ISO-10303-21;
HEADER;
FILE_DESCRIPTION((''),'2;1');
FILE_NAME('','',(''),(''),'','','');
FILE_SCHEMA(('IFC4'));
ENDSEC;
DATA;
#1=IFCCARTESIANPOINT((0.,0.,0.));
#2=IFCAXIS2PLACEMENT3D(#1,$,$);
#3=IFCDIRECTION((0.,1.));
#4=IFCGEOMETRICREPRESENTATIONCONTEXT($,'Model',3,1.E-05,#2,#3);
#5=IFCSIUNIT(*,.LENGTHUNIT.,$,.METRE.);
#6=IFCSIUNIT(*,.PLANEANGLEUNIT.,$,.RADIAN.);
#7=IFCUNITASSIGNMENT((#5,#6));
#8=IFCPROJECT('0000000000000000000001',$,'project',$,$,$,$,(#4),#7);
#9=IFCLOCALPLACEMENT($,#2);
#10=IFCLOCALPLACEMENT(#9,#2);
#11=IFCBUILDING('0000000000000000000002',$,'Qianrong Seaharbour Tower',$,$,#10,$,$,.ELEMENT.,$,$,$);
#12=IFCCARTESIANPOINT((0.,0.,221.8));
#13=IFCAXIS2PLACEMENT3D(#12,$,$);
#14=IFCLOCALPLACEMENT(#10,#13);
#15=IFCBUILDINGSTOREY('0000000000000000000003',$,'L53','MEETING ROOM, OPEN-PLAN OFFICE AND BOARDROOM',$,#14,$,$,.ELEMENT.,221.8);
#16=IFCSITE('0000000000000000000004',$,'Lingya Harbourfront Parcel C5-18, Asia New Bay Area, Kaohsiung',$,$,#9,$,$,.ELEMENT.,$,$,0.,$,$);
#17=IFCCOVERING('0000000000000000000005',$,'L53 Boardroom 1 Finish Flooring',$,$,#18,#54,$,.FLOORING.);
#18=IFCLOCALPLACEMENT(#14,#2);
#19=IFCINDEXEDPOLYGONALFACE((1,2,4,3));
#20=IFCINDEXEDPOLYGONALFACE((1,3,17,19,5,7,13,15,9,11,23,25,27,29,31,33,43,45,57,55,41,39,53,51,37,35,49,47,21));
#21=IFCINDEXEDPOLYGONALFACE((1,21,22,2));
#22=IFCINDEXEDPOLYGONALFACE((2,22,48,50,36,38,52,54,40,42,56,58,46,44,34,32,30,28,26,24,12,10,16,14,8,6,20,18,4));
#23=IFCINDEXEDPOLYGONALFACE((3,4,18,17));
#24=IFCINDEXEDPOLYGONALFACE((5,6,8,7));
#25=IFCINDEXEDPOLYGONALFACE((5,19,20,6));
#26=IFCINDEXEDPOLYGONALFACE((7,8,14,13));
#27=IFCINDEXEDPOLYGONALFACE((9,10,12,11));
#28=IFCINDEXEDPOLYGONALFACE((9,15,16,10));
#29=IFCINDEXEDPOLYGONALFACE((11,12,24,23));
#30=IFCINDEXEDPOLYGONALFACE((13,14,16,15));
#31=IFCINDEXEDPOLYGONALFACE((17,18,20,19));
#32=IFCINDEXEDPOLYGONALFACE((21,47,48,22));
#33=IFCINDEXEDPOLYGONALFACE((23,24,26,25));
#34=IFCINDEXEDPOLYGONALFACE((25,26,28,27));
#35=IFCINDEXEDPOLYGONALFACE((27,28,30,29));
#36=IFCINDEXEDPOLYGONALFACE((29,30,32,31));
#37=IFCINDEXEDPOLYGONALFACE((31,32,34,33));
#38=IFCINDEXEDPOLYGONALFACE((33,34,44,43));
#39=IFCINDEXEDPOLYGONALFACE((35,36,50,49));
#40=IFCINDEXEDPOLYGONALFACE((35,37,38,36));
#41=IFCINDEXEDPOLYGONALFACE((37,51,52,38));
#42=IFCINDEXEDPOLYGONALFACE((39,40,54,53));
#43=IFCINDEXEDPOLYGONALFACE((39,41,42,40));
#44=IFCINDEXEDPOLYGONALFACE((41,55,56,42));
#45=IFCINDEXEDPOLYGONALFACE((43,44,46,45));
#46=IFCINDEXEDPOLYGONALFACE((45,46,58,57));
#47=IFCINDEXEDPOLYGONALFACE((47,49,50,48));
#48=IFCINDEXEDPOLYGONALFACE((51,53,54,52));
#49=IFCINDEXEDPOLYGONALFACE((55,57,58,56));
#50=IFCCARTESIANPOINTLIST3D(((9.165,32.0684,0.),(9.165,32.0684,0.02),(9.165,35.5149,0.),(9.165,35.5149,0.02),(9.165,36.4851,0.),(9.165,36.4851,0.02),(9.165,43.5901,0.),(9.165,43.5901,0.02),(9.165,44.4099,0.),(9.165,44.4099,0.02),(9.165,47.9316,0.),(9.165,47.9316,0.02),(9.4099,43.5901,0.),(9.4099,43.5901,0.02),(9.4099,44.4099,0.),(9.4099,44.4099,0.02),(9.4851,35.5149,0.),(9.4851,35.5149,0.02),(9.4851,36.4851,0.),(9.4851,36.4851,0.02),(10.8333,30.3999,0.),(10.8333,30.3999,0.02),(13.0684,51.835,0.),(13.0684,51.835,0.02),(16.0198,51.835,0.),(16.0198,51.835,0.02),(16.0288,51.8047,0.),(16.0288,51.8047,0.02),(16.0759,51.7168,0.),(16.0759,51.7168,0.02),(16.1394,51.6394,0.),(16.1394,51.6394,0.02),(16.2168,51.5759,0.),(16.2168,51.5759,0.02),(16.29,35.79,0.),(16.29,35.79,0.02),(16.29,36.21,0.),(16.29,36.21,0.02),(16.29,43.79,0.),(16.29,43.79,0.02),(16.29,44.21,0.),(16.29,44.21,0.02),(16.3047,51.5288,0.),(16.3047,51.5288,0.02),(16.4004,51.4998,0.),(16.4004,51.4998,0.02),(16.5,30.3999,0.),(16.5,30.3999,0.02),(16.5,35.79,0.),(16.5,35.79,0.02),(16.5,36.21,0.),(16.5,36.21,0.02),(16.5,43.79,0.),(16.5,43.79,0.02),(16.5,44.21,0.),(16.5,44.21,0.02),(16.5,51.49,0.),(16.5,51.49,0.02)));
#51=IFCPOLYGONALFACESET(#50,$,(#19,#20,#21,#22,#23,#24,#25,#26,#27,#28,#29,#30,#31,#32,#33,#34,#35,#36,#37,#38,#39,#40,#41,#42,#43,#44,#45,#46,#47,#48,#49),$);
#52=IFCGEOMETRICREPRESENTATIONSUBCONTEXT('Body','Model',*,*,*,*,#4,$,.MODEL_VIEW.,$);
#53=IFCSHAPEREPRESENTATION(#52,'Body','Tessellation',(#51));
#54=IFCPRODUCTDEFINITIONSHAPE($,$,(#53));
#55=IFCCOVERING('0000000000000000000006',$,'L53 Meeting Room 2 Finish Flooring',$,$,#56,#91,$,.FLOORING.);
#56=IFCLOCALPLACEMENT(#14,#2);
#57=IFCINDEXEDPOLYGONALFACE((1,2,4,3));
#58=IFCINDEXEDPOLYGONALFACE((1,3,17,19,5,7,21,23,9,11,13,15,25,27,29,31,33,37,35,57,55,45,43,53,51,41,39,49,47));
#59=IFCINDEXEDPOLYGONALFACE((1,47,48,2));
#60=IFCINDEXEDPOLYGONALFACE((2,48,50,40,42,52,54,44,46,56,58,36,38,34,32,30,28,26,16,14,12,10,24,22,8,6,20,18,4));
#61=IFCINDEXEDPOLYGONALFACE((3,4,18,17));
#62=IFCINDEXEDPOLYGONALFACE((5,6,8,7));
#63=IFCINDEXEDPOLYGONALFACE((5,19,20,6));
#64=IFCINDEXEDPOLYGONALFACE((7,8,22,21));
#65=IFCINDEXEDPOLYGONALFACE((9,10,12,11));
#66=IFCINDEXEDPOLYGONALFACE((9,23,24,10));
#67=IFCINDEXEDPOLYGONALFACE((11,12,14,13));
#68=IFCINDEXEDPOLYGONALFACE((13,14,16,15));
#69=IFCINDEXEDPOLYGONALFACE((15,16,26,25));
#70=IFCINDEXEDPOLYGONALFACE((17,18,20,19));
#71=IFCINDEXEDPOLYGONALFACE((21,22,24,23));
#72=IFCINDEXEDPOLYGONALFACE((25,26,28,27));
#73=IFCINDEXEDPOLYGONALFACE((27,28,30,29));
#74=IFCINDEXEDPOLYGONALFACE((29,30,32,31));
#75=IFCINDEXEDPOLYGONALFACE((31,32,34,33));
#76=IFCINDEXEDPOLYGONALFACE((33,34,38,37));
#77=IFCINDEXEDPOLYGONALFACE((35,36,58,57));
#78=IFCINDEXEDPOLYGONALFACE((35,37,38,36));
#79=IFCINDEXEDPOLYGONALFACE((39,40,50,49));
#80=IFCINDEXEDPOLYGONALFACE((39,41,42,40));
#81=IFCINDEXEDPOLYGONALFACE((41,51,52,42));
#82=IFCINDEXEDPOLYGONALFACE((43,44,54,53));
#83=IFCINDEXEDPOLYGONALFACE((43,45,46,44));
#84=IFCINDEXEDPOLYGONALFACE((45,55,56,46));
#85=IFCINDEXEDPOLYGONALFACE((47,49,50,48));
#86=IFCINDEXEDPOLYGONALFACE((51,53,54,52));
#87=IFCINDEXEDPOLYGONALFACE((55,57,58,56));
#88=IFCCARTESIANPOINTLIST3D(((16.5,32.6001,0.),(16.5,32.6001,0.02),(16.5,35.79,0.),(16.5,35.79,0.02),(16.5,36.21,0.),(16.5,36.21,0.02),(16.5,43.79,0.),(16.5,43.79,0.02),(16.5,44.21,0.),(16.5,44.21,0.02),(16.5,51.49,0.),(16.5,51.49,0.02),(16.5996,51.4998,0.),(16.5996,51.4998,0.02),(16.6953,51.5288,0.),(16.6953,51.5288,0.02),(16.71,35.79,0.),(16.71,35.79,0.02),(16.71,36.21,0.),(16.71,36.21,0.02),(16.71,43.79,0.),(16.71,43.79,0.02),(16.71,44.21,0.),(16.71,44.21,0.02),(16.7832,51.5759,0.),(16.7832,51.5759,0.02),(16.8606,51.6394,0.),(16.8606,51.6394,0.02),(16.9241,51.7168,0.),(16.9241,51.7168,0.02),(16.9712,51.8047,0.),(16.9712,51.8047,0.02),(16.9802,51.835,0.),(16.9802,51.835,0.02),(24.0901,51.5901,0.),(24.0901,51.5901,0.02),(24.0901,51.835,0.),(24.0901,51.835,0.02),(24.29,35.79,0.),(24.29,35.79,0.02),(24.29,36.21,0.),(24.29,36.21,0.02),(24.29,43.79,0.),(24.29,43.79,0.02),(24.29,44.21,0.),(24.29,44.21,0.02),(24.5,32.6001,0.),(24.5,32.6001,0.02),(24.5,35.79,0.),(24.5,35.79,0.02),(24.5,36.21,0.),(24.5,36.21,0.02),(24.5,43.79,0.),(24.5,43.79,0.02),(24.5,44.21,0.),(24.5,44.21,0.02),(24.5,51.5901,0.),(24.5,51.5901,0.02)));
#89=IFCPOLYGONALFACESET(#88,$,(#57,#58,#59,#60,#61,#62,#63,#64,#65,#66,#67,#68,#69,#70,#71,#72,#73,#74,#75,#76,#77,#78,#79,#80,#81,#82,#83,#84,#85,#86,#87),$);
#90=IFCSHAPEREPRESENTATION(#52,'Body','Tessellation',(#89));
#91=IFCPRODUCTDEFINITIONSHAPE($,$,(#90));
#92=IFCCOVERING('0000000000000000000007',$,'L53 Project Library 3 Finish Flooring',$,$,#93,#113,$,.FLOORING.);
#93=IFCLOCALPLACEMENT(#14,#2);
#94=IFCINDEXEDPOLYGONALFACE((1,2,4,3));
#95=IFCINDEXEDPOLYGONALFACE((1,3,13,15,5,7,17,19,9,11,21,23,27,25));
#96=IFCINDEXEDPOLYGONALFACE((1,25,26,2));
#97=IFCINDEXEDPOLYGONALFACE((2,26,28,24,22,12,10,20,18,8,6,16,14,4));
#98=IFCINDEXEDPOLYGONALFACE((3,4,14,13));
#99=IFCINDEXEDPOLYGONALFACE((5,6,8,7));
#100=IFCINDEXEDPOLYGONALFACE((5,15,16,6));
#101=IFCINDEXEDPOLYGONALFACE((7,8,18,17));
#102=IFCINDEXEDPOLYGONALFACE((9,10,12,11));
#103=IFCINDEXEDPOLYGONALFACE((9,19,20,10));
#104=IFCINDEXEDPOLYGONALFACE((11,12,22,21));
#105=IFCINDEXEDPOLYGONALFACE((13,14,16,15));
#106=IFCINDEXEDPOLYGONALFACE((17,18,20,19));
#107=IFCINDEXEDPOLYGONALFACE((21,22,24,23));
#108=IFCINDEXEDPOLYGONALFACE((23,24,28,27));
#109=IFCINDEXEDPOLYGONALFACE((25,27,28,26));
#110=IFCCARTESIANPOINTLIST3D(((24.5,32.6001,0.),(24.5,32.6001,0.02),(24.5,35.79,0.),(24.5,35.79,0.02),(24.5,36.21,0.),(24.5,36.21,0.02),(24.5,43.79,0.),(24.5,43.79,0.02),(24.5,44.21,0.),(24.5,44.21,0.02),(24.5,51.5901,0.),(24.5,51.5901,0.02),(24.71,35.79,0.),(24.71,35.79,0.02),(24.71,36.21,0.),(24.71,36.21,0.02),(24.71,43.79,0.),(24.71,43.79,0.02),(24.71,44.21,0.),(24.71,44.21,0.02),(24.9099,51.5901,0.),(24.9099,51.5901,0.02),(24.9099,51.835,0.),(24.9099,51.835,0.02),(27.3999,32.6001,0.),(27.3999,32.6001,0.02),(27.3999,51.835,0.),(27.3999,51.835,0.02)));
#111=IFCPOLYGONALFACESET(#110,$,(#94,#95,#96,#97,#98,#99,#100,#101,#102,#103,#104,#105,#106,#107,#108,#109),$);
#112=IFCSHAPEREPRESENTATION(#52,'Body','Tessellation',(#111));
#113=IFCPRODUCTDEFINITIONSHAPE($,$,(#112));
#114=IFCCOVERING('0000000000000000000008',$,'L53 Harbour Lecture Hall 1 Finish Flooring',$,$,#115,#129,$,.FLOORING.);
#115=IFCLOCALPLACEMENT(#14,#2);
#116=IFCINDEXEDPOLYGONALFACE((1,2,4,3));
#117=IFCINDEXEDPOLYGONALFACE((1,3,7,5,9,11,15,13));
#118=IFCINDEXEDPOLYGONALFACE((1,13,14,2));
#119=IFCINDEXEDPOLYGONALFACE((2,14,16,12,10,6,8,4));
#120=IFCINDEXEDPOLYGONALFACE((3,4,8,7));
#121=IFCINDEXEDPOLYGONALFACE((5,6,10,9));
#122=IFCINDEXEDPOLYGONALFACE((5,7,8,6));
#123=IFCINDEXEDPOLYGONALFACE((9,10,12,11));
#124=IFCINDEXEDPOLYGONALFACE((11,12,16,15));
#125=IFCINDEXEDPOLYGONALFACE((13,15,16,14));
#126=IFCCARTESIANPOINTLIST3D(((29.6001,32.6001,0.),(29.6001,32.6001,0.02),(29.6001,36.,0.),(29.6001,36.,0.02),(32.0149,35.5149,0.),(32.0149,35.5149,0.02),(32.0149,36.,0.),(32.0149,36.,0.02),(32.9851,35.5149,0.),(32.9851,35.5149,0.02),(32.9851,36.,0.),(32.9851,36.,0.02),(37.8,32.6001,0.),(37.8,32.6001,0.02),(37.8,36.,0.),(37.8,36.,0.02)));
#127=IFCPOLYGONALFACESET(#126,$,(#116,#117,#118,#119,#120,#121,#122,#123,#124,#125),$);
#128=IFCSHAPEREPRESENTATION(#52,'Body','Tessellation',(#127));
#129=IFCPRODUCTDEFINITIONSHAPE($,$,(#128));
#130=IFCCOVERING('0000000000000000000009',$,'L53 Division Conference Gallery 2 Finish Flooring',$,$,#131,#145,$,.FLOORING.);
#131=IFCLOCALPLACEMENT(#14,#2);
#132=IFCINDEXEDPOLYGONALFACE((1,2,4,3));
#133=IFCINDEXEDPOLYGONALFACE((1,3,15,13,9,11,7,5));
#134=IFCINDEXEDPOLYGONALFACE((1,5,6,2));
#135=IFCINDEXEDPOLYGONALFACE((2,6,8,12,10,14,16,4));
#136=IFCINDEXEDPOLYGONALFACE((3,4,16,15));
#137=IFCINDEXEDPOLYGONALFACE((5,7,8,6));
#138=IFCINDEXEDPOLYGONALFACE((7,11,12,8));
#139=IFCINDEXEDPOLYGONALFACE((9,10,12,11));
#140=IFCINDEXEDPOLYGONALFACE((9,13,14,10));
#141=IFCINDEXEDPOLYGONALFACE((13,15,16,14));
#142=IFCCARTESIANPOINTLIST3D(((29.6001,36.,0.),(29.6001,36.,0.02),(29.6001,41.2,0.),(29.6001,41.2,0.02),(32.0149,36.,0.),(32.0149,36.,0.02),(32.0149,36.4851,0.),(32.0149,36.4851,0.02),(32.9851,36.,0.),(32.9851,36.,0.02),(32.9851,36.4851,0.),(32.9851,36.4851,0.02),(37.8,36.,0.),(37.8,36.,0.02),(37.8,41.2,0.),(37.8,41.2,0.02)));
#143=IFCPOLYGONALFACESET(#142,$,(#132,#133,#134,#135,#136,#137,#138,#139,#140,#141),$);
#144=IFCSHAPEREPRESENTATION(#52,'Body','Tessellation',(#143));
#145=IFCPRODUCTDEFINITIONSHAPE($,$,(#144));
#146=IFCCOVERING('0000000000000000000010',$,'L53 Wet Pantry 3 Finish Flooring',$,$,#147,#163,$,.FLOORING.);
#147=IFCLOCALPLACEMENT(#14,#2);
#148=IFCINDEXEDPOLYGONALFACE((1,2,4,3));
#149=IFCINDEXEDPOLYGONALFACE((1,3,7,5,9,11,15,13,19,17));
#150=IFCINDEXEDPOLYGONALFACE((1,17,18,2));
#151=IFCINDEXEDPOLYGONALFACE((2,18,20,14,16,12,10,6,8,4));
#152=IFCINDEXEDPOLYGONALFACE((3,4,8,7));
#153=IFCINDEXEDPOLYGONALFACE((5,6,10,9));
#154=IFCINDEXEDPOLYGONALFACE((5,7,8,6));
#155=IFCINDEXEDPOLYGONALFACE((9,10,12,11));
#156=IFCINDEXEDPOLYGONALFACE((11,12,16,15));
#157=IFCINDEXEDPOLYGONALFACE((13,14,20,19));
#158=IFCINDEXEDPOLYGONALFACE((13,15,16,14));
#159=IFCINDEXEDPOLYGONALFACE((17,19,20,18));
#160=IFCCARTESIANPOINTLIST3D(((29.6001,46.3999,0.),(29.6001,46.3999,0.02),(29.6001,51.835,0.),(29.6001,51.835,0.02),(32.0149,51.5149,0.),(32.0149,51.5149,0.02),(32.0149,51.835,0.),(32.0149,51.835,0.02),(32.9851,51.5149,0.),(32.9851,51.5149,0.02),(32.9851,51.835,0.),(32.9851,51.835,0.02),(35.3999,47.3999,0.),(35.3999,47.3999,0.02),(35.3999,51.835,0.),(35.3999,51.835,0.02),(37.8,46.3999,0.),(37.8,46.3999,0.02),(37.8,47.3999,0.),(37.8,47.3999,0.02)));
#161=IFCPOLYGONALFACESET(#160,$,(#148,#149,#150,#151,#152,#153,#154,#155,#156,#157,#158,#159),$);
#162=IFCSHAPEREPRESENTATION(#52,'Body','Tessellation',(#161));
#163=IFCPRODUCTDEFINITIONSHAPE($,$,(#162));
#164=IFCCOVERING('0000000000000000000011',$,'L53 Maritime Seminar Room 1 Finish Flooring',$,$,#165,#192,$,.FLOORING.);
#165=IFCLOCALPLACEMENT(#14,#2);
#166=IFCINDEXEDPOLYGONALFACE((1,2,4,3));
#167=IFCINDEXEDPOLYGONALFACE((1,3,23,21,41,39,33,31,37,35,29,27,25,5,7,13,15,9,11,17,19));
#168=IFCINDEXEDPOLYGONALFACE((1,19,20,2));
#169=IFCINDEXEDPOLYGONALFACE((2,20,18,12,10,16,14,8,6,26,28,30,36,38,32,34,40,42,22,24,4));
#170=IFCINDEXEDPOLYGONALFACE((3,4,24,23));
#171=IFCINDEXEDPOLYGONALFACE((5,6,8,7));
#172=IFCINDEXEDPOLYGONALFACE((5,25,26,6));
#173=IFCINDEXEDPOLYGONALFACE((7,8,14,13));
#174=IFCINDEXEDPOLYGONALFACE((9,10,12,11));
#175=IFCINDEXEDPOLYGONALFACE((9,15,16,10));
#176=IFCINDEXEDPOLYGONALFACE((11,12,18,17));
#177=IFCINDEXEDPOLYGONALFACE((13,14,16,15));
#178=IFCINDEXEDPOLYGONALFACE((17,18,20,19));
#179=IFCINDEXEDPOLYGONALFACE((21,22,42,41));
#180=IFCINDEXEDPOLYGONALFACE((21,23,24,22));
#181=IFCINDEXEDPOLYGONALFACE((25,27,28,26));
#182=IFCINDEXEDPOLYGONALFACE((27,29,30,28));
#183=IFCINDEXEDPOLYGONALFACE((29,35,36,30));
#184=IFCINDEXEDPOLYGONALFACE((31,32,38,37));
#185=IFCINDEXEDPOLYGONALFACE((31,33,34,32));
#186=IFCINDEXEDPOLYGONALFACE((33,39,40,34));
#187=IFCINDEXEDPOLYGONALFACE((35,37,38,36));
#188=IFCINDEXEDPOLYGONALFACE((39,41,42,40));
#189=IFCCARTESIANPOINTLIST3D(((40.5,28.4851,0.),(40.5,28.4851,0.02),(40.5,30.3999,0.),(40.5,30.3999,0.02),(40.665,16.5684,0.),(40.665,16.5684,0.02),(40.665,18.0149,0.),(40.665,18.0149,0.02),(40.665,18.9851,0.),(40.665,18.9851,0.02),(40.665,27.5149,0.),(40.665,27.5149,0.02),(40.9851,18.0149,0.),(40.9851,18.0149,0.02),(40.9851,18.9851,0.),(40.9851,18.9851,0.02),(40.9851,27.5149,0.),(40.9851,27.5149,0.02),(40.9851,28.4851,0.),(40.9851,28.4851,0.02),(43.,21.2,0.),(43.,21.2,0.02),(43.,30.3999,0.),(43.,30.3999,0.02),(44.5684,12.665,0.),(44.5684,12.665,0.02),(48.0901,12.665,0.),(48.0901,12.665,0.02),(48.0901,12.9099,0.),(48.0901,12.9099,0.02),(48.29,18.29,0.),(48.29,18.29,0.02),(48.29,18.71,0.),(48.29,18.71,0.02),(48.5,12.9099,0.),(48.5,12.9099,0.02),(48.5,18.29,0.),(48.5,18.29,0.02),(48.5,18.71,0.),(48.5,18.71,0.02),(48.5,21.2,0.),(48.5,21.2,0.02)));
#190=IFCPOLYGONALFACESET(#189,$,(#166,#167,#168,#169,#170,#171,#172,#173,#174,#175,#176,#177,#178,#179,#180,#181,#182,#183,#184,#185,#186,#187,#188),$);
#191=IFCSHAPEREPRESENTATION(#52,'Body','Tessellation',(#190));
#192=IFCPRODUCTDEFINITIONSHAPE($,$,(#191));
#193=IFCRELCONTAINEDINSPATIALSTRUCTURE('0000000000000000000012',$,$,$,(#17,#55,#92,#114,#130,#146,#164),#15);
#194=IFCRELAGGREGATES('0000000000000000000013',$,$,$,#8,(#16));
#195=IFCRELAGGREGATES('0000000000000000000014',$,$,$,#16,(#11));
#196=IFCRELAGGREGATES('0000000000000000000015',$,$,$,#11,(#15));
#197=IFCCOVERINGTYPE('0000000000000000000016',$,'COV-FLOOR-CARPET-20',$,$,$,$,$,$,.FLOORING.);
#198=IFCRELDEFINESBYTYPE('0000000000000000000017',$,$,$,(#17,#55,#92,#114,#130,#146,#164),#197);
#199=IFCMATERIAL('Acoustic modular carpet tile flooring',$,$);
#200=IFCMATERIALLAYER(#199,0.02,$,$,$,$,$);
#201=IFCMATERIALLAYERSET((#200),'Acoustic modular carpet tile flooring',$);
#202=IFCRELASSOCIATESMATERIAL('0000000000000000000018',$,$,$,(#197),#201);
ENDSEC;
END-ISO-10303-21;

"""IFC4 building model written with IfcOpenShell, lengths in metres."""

from ifc_helpers import new_model, si_unit, direction, frame, origin, place, context, subcontext, project, spatial, polyline, outline, extrude, material, layer, layer_set, type_object, element, save


model = new_model("IFC4")

# Units and contexts
model_context = context("Model", 3, precision=1e-05, world=origin(), true_north=direction((0.0, 1.0)))
body_context = subcontext(model_context, "Body", "Model", "MODEL_VIEW")
ifc_project = project(units=[si_unit("LENGTHUNIT", "METRE"), si_unit("PLANEANGLEUNIT", "RADIAN")], contexts=[model_context])

# Site, building, storey
site_placement = place(None, origin())
site = spatial("IfcSite", under=ifc_project, at=site_placement, Name="Lingya Harbourfront Parcel C5-18, Asia New Bay Area, Kaohsiung", CompositionType="ELEMENT", RefElevation=0.0)
building_placement = place(site_placement, origin())
building = spatial("IfcBuilding", under=site, at=building_placement, Name="Qianrong Seaharbour Tower", CompositionType="ELEMENT")
storey_placement = place(building_placement, frame((0.0, 0.0, 221.8)))
storey = spatial("IfcBuildingStorey", under=building, at=storey_placement, Name="L53", Description="MEETING ROOM, OPEN-PLAN OFFICE AND BOARDROOM", CompositionType="ELEMENT", Elevation=221.8)

# Coverings
ifc_material_1 = material(Name="Acoustic modular carpet tile flooring")
ifc_layer_1 = layer(ifc_material_1, 0.02)
ifc_layer_set_1 = layer_set([ifc_layer_1], Name="Acoustic modular carpet tile flooring")
covering_type_1 = type_object("IfcCoveringType", Name="COV-FLOOR-CARPET-20", PredefinedType="FLOORING", material=ifc_layer_set_1)
covering_1_placement = place(storey_placement, origin())
element("IfcCovering", 1, at=covering_1_placement, inside=storey, type_object=covering_type_1, Name="L53 Boardroom 1 Finish Flooring", PredefinedType="FLOORING", context=body_context, shape_type="SweptSolid", body=[
    extrude(outline(polyline([(9.165, 32.0684), (9.165, 35.5149), (9.4851, 35.5149), (9.4851, 36.4851), (9.165, 36.4851), (9.165, 43.5901), (9.4099, 43.5901), (9.4099, 44.4099), (9.165, 44.4099), (9.165, 47.9316), (13.0684, 51.835), (16.0198, 51.835), (16.0288, 51.8047), (16.0759, 51.7168), (16.1394, 51.6394), (16.2168, 51.5759), (16.3047, 51.5288), (16.4004, 51.4998), (16.5, 51.49), (16.5, 44.21), (16.29, 44.21), (16.29, 43.79), (16.5, 43.79), (16.5, 36.21), (16.29, 36.21), (16.29, 35.79), (16.5, 35.79), (16.5, 30.3999), (10.8333, 30.3999), (9.165, 32.0684)])), origin(), (0.0, 0.0, 1.0), 0.02),
])
covering_2_placement = place(storey_placement, origin())
element("IfcCovering", 2, at=covering_2_placement, inside=storey, type_object=covering_type_1, Name="L53 Meeting Room 2 Finish Flooring", PredefinedType="FLOORING", context=body_context, shape_type="SweptSolid", body=[
    extrude(outline(polyline([(24.0901, 51.835), (24.0901, 51.5901), (24.5, 51.5901), (24.5, 44.21), (24.29, 44.21), (24.29, 43.79), (24.5, 43.79), (24.5, 36.21), (24.29, 36.21), (24.29, 35.79), (24.5, 35.79), (24.5, 32.6001), (16.5, 32.6001), (16.5, 35.79), (16.71, 35.79), (16.71, 36.21), (16.5, 36.21), (16.5, 43.79), (16.71, 43.79), (16.71, 44.21), (16.5, 44.21), (16.5, 51.49), (16.5996, 51.4998), (16.6953, 51.5288), (16.7832, 51.5759), (16.8606, 51.6394), (16.9241, 51.7168), (16.9712, 51.8047), (16.9802, 51.835), (24.0901, 51.835)])), origin(), (0.0, 0.0, 1.0), 0.02),
])
covering_3_placement = place(storey_placement, origin())
element("IfcCovering", 3, at=covering_3_placement, inside=storey, type_object=covering_type_1, Name="L53 Project Library 3 Finish Flooring", PredefinedType="FLOORING", context=body_context, shape_type="SweptSolid", body=[
    extrude(outline(polyline([(27.3999, 51.835), (27.3999, 32.6001), (24.5, 32.6001), (24.5, 35.79), (24.71, 35.79), (24.71, 36.21), (24.5, 36.21), (24.5, 43.79), (24.71, 43.79), (24.71, 44.21), (24.5, 44.21), (24.5, 51.5901), (24.9099, 51.5901), (24.9099, 51.835), (27.3999, 51.835)])), origin(), (0.0, 0.0, 1.0), 0.02),
])
covering_4_placement = place(storey_placement, origin())
element("IfcCovering", 4, at=covering_4_placement, inside=storey, type_object=covering_type_1, Name="L53 Harbour Lecture Hall 1 Finish Flooring", PredefinedType="FLOORING", context=body_context, shape_type="SweptSolid", body=[
    extrude(outline(polyline([(32.0149, 36.0), (32.0149, 35.5149), (32.9851, 35.5149), (32.9851, 36.0), (37.8, 36.0), (37.8, 32.6001), (29.6001, 32.6001), (29.6001, 36.0), (32.0149, 36.0)])), origin(), (0.0, 0.0, 1.0), 0.02),
])
covering_5_placement = place(storey_placement, origin())
element("IfcCovering", 5, at=covering_5_placement, inside=storey, type_object=covering_type_1, Name="L53 Division Conference Gallery 2 Finish Flooring", PredefinedType="FLOORING", context=body_context, shape_type="SweptSolid", body=[
    extrude(outline(polyline([(37.8, 41.2), (37.8, 36.0), (32.9851, 36.0), (32.9851, 36.4851), (32.0149, 36.4851), (32.0149, 36.0), (29.6001, 36.0), (29.6001, 41.2), (37.8, 41.2)])), origin(), (0.0, 0.0, 1.0), 0.02),
])
covering_6_placement = place(storey_placement, origin())
element("IfcCovering", 6, at=covering_6_placement, inside=storey, type_object=covering_type_1, Name="L53 Wet Pantry 3 Finish Flooring", PredefinedType="FLOORING", context=body_context, shape_type="SweptSolid", body=[
    extrude(outline(polyline([(32.0149, 51.835), (32.0149, 51.5149), (32.9851, 51.5149), (32.9851, 51.835), (35.3999, 51.835), (35.3999, 47.3999), (37.8, 47.3999), (37.8, 46.3999), (29.6001, 46.3999), (29.6001, 51.835), (32.0149, 51.835)])), origin(), (0.0, 0.0, 1.0), 0.02),
])
covering_7_placement = place(storey_placement, origin())
element("IfcCovering", 7, at=covering_7_placement, inside=storey, type_object=covering_type_1, Name="L53 Maritime Seminar Room 1 Finish Flooring", PredefinedType="FLOORING", context=body_context, shape_type="SweptSolid", body=[
    extrude(outline(polyline([(43.0, 21.2), (48.5, 21.2), (48.5, 18.71), (48.29, 18.71), (48.29, 18.29), (48.5, 18.29), (48.5, 12.9099), (48.0901, 12.9099), (48.0901, 12.665), (44.5684, 12.665), (40.665, 16.5684), (40.665, 18.0149), (40.9851, 18.0149), (40.9851, 18.9851), (40.665, 18.9851), (40.665, 27.5149), (40.9851, 27.5149), (40.9851, 28.4851), (40.5, 28.4851), (40.5, 30.3999), (43.0, 30.3999), (43.0, 21.2)])), origin(), (0.0, 0.0, 1.0), 0.02),
])

save(model, "model.ifc")
